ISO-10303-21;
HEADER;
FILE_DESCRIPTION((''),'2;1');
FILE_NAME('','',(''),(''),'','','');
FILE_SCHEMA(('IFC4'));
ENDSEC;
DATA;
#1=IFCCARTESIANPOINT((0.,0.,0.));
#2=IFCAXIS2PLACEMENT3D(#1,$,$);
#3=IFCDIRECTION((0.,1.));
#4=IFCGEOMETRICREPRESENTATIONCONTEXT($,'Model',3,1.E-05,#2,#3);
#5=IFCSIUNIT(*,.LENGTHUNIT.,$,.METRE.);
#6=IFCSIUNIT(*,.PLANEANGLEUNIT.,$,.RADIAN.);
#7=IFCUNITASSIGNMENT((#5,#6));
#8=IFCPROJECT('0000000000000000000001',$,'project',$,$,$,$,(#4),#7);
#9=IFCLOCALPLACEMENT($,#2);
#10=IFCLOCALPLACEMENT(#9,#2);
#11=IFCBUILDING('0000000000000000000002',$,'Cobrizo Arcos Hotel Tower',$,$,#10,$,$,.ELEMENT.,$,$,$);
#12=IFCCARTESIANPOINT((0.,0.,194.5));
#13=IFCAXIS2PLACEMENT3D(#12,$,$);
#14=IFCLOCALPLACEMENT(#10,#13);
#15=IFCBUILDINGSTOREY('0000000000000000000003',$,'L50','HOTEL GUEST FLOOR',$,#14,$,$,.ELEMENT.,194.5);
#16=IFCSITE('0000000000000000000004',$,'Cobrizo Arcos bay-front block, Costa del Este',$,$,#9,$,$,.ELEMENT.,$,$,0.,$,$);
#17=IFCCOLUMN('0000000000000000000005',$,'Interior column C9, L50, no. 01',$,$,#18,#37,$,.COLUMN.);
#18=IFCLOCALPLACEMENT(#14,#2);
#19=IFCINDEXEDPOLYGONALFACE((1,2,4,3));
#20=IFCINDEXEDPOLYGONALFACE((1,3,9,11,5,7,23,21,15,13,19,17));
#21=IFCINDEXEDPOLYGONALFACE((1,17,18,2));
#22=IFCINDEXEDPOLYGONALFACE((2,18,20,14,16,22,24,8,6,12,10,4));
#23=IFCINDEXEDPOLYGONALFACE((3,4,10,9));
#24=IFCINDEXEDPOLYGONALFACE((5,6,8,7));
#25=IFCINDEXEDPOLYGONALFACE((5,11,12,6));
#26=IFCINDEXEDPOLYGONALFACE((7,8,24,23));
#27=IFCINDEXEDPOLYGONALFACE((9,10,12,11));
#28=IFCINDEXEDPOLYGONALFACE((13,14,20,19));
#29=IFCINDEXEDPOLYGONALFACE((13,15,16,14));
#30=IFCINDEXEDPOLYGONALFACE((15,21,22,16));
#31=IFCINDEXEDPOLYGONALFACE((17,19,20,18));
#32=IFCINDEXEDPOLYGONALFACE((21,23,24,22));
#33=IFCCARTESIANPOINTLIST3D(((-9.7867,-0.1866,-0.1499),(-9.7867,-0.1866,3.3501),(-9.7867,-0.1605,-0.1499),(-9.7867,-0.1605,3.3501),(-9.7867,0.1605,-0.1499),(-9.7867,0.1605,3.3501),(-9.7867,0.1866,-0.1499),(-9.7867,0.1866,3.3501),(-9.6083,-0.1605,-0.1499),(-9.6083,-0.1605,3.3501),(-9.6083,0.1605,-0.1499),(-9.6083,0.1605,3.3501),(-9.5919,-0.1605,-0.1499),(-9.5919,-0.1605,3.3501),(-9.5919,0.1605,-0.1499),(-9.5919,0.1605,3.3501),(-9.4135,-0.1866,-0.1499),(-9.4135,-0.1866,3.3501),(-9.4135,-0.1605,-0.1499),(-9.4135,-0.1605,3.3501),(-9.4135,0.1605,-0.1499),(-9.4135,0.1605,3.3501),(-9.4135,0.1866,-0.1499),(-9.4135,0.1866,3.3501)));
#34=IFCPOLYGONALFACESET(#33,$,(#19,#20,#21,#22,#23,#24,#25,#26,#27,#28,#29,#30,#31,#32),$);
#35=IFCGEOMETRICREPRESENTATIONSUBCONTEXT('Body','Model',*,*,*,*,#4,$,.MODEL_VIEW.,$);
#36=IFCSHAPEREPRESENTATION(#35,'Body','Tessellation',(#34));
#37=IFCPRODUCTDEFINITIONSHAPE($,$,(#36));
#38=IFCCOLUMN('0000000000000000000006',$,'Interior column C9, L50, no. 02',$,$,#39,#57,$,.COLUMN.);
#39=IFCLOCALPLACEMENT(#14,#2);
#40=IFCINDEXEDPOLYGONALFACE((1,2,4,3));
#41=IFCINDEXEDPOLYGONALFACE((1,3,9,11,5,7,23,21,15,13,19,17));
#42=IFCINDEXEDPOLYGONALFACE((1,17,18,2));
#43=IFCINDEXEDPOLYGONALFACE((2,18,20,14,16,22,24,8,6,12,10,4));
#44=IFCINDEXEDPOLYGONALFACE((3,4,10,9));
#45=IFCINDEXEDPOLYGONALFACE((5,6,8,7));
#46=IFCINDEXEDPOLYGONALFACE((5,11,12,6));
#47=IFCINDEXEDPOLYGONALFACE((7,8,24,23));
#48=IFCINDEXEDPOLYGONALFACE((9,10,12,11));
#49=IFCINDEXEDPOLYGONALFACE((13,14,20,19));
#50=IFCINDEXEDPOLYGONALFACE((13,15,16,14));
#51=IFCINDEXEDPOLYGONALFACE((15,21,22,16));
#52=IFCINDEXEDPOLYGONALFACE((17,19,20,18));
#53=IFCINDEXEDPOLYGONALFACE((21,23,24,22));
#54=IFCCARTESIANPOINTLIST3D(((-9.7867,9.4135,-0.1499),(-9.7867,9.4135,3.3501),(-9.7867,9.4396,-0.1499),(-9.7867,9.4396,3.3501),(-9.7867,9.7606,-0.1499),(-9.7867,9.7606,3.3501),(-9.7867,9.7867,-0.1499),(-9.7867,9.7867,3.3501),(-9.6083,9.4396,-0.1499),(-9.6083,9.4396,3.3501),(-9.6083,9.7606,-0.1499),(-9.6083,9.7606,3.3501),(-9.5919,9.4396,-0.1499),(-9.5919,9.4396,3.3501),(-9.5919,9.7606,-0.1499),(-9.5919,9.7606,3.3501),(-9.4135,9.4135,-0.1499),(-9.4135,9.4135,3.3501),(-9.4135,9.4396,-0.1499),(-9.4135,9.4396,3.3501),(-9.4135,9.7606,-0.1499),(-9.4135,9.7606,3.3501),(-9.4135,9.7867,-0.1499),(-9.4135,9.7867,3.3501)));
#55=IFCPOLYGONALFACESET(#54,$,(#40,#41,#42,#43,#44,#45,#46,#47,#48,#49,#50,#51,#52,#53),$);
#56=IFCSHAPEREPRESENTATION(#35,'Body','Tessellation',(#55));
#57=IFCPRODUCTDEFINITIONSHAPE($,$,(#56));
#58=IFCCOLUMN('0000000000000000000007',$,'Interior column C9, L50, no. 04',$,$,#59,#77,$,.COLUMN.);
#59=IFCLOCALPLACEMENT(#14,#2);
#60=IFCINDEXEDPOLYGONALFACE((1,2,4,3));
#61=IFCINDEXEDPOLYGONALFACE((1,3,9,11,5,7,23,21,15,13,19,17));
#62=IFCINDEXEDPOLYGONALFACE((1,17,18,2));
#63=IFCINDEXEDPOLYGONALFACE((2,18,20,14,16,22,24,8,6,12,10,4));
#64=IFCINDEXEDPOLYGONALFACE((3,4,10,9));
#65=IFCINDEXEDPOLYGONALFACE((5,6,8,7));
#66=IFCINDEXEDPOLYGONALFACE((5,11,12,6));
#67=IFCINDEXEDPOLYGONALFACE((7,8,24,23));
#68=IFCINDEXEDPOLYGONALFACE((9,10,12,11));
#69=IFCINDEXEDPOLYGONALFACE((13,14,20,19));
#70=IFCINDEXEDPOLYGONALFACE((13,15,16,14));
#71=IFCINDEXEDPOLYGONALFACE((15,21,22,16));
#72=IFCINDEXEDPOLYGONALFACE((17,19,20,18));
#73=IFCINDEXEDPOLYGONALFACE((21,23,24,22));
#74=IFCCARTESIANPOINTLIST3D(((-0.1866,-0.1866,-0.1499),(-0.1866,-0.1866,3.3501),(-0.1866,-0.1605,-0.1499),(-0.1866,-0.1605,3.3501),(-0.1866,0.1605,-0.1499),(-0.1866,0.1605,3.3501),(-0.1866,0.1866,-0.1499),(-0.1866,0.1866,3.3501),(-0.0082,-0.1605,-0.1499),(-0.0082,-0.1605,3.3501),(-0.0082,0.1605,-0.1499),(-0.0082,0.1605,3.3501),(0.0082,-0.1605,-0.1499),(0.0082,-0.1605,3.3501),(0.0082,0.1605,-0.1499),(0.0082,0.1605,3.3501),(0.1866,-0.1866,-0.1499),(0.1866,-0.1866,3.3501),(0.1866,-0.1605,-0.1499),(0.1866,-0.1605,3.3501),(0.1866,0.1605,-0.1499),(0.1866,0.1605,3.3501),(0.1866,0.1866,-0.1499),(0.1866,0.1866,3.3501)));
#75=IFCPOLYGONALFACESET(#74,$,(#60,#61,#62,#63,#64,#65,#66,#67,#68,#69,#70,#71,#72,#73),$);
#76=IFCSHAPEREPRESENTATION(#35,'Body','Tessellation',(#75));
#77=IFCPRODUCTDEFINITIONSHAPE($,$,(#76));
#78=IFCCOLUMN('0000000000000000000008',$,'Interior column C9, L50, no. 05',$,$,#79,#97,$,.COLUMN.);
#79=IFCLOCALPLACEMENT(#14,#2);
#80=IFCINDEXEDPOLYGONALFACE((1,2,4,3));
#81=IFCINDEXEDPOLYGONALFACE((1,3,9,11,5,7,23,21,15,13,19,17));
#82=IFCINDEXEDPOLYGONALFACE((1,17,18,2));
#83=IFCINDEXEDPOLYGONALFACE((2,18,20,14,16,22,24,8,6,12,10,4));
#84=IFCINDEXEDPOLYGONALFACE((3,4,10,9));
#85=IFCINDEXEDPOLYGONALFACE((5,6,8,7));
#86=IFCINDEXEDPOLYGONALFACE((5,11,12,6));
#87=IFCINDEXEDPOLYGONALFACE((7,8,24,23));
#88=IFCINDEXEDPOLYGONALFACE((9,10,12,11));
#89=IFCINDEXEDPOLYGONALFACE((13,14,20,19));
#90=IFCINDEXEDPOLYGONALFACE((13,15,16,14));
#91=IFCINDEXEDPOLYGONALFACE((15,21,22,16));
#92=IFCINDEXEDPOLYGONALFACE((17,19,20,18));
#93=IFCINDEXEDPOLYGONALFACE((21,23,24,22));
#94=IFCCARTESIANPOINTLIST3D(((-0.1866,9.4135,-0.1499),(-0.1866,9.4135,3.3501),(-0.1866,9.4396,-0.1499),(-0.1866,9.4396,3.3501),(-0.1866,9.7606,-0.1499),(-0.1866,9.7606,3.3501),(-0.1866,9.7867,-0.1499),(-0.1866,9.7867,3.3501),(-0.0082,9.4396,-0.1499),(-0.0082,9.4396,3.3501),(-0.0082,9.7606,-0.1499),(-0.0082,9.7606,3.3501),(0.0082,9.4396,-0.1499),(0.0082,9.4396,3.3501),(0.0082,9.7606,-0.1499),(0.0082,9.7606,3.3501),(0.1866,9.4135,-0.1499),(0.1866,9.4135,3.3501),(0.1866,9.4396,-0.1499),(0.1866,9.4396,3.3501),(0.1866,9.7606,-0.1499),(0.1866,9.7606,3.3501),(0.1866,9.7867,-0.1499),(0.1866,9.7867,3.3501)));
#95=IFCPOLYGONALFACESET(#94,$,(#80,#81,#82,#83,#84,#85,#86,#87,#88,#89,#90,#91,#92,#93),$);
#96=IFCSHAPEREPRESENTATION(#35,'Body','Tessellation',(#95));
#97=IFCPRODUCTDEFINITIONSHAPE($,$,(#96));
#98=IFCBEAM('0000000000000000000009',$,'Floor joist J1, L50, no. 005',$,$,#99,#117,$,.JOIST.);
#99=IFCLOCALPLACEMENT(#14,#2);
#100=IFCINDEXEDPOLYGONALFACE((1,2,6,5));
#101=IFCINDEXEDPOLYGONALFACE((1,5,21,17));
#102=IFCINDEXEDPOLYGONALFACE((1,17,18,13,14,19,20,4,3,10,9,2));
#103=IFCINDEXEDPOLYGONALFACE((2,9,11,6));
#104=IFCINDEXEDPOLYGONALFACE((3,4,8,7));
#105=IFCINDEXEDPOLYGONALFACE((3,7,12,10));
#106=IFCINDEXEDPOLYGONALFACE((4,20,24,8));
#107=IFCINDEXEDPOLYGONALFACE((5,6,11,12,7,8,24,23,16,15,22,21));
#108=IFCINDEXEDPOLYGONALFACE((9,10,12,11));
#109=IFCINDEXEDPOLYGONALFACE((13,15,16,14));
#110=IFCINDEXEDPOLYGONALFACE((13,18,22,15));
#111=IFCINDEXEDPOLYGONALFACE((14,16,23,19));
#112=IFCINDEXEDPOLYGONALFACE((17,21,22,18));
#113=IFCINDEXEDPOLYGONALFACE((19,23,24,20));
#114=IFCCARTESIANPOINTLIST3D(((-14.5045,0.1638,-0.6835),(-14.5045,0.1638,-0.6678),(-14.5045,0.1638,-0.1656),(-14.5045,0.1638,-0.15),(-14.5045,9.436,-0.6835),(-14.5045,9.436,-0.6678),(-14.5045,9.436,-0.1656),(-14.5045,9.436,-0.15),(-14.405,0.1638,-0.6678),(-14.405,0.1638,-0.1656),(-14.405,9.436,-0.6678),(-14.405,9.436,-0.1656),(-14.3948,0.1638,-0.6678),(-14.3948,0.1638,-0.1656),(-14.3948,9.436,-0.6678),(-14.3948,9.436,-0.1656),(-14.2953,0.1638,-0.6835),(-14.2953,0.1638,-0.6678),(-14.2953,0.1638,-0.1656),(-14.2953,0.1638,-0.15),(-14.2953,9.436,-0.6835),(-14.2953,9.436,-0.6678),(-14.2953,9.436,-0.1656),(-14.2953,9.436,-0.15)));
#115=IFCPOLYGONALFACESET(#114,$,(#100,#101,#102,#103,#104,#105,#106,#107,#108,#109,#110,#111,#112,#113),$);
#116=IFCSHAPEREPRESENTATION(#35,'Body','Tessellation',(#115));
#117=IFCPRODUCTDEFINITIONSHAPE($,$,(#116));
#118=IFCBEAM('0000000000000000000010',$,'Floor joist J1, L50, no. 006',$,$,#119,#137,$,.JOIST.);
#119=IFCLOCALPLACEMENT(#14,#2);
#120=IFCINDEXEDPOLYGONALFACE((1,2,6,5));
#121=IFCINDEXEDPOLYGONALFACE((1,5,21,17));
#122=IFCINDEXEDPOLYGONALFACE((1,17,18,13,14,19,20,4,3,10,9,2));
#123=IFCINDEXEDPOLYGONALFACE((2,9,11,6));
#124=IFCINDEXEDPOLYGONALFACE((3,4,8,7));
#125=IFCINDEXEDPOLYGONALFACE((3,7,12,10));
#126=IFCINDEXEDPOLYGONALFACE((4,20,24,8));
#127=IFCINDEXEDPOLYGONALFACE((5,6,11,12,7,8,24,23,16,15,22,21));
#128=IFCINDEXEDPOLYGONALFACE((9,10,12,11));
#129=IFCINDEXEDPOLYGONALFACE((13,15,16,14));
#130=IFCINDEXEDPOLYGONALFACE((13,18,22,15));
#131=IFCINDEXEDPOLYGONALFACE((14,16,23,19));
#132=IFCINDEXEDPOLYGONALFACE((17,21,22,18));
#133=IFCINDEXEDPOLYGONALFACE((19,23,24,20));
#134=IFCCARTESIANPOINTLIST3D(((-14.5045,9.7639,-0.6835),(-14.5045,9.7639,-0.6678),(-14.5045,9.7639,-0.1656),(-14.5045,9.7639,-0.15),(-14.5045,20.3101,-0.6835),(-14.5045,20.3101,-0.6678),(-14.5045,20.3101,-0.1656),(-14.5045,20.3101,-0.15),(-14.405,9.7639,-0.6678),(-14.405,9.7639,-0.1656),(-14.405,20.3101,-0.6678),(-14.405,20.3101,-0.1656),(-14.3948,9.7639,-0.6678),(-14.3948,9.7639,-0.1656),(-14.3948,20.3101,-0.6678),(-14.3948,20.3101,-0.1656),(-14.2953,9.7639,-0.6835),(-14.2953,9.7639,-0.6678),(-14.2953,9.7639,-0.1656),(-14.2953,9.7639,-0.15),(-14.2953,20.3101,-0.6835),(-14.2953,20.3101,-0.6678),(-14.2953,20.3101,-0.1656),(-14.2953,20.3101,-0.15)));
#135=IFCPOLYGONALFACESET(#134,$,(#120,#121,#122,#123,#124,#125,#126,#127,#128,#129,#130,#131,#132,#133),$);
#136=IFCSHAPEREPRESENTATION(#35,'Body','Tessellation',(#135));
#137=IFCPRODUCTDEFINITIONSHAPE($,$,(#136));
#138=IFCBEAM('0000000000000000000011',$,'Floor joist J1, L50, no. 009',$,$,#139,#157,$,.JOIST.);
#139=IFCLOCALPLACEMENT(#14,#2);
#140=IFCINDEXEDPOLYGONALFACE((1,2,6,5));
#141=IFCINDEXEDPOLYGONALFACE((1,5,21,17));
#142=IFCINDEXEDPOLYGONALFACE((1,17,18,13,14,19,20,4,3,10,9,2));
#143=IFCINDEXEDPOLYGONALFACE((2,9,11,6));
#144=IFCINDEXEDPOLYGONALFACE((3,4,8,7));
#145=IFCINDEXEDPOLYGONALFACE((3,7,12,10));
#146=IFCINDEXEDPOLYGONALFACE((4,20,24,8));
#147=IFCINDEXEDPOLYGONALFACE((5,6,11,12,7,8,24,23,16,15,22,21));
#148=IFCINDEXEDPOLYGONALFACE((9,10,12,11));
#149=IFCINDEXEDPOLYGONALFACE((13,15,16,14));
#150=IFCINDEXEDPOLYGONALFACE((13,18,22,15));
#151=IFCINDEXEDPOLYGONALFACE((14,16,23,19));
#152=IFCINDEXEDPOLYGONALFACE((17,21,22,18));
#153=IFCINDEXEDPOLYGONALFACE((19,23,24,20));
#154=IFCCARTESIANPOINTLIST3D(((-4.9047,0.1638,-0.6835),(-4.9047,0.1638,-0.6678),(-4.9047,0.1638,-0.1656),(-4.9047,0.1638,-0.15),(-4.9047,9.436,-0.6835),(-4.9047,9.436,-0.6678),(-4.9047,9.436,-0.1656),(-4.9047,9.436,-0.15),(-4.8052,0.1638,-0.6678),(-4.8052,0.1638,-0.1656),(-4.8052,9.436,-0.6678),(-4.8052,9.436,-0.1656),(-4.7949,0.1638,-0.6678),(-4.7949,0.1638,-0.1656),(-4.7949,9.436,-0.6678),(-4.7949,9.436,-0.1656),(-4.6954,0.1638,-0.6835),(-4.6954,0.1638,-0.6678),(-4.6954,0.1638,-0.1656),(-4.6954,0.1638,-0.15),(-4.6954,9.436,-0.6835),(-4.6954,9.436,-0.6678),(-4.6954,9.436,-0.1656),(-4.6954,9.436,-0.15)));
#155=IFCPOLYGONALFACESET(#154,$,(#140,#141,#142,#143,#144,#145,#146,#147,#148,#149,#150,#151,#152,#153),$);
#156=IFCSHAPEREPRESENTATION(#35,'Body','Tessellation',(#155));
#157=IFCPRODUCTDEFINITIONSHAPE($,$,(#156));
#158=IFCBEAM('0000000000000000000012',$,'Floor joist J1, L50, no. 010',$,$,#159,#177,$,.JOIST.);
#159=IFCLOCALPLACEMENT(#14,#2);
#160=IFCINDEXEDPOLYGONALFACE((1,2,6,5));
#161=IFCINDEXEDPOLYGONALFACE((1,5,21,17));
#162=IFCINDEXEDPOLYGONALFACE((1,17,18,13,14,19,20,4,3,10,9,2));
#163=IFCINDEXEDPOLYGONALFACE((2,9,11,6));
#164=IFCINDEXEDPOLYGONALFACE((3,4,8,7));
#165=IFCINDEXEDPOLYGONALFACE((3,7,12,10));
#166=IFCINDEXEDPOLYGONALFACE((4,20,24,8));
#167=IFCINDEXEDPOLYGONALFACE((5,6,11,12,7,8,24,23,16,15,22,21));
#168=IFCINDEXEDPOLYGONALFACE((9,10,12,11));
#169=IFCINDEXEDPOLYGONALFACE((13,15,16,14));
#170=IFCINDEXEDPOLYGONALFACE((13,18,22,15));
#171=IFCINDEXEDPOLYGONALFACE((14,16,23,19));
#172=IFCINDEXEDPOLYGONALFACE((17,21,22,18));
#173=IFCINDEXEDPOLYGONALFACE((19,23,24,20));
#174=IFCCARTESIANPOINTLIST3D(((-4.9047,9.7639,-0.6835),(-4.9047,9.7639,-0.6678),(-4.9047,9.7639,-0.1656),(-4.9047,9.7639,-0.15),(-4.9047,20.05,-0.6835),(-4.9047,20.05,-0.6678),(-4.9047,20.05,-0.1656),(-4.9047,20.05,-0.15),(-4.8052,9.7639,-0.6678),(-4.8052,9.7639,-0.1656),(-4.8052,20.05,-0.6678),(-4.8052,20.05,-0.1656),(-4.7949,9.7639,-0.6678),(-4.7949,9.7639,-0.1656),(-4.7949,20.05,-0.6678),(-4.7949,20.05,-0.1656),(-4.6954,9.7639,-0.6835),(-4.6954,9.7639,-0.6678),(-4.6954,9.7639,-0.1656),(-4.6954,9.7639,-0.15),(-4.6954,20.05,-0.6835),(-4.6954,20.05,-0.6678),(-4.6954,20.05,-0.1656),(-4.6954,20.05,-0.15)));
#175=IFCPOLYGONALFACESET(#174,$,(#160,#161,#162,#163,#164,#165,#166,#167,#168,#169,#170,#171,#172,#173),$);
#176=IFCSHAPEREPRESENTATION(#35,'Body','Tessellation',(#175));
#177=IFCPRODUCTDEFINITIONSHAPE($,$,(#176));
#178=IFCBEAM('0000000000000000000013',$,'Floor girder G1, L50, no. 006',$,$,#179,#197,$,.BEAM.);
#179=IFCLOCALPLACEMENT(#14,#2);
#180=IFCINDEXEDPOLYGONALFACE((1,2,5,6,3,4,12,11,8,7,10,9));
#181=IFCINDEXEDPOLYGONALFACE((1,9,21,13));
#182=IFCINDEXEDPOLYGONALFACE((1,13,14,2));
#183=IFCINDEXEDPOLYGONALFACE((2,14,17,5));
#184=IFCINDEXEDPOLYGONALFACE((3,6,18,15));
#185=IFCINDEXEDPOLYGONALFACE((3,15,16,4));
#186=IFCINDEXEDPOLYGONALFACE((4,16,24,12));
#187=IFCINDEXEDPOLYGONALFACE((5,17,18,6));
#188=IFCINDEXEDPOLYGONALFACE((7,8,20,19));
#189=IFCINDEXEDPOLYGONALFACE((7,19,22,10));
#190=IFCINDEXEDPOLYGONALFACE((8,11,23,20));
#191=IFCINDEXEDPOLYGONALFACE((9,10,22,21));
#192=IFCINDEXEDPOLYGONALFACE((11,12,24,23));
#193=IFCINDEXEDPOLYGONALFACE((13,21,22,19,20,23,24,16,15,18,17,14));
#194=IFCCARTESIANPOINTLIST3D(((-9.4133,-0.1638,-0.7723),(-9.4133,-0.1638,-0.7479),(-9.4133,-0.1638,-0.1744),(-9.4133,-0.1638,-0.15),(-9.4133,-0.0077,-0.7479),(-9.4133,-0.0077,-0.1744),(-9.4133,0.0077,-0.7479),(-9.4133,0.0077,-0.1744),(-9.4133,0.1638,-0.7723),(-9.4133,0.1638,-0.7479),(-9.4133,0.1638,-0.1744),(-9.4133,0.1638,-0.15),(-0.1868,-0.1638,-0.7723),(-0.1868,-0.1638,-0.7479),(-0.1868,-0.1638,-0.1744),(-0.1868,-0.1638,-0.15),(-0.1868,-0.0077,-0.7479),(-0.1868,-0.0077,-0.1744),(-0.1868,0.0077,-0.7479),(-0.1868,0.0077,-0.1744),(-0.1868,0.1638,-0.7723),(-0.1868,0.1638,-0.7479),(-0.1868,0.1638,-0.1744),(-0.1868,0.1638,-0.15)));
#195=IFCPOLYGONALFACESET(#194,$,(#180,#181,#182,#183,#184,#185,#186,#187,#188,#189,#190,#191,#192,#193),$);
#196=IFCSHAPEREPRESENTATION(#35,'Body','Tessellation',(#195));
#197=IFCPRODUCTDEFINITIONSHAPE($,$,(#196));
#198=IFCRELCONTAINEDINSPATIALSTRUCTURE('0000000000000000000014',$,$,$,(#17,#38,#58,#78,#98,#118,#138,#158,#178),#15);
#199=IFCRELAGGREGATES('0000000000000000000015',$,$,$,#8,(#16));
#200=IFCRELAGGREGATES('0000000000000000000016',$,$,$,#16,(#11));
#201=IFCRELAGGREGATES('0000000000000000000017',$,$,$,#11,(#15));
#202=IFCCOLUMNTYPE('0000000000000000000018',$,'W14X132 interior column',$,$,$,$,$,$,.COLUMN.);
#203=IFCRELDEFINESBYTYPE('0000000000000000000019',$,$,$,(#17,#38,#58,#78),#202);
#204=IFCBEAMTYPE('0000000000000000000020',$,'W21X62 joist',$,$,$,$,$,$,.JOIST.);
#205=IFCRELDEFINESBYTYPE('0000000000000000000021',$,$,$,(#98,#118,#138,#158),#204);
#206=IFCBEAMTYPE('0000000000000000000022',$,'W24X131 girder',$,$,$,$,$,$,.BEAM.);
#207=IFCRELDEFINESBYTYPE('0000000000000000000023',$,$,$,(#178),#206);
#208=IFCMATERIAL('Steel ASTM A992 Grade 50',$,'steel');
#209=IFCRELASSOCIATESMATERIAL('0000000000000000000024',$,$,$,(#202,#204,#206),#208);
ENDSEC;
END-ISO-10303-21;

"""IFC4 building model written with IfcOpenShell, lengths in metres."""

from ifc_helpers import new_model, si_unit, direction, frame, origin, origin_2d, place, context, subcontext, project, spatial, i_section, extrude, material, material_profile, profile_set, type_object, element, save


model = new_model("IFC4")

# Units and contexts
model_context = context("Model", 3, precision=1e-05, world=origin(), true_north=direction((0.0, 1.0)))
body_context = subcontext(model_context, "Body", "Model", "MODEL_VIEW")
ifc_project = project(units=[si_unit("LENGTHUNIT", "METRE"), si_unit("PLANEANGLEUNIT", "RADIAN")], contexts=[model_context])

# Site, building, storey
site_placement = place(None, origin())
site = spatial("IfcSite", under=ifc_project, at=site_placement, Name="Cobrizo Arcos bay-front block, Costa del Este", CompositionType="ELEMENT", RefElevation=0.0)
building_placement = place(site_placement, origin())
building = spatial("IfcBuilding", under=site, at=building_placement, Name="Cobrizo Arcos Hotel Tower", CompositionType="ELEMENT")
storey_placement = place(building_placement, frame((0.0, 0.0, 194.5)))
storey = spatial("IfcBuildingStorey", under=building, at=storey_placement, Name="L50", Description="HOTEL GUEST FLOOR", CompositionType="ELEMENT", Elevation=194.5)

# Columns
ifc_material_1 = material(Name="Steel ASTM A992 Grade 50", Category="steel")
ifc_material_profile_1 = material_profile(ifc_material_1, i_section(OverallWidth=0.3733, OverallDepth=0.3733, WebThickness=0.0164, FlangeThickness=0.0261, at=origin_2d()), Name="W14X132")
ifc_profile_set_1 = profile_set([ifc_material_profile_1], Name="Steel ASTM A992 Grade 50")
column_type = type_object("IfcColumnType", Name="W14X132 interior column", PredefinedType="COLUMN", material=ifc_profile_set_1)
for number, where, z_axis, x_axis, name in (
    (1, (-9.6001, 0.0, -0.1499), (0.0, 0.0, 1.0), (1.0, 0.0, 0.0), "Interior column C9, L50, no. 01"),
    (2, (-9.6001, 9.6001, -0.1499), (0.0, 0.0, 1.0), (1.0, 0.0, 0.0), "Interior column C9, L50, no. 02"),
    (3, (0.0, 0.0, -0.1499), (0.0, 0.0, 1.0), (1.0, 0.0, 0.0), "Interior column C9, L50, no. 04"),
    (4, (0.0, 9.6001, -0.1499), (0.0, 0.0, 1.0), (1.0, 0.0, 0.0), "Interior column C9, L50, no. 05"),
):
    element("IfcColumn", number, at=place(storey_placement, frame(where, z_axis=z_axis, x_axis=x_axis)), inside=storey, type_object=column_type, Name=name, PredefinedType="COLUMN", context=body_context, shape_type="SweptSolid", body=[
        extrude(i_section(OverallWidth=0.3733, OverallDepth=0.3733, WebThickness=0.0164, FlangeThickness=0.0261, at=origin_2d()), origin(), (0.0, 0.0, 1.0), 3.5),
    ])

# Beams
ifc_material_profile_2 = material_profile(ifc_material_1, i_section(OverallWidth=0.2092, OverallDepth=0.5334, WebThickness=0.0103, FlangeThickness=0.0156, at=origin_2d()), Name="W21X62")
ifc_profile_set_2 = profile_set([ifc_material_profile_2], Name="Steel ASTM A992 Grade 50")
beam_type_1 = type_object("IfcBeamType", Name="W21X62 joist", PredefinedType="JOIST", material=ifc_profile_set_2)
beam_1_placement = place(storey_placement, frame((-14.3999, 0.1638, -0.4167), z_axis=(0.0, 1.0, 0.0), x_axis=(-1.0, 0.0, 0.0)))
element("IfcBeam", 5, at=beam_1_placement, inside=storey, type_object=beam_type_1, Name="Floor joist J1, L50, no. 005", PredefinedType="JOIST", context=body_context, shape_type="SweptSolid", body=[
    extrude(i_section(OverallWidth=0.2092, OverallDepth=0.5334, WebThickness=0.0103, FlangeThickness=0.0156, at=origin_2d()), origin(), (0.0, 0.0, 1.0), 9.2722),
])
beam_2_placement = place(storey_placement, frame((-14.3999, 9.7639, -0.4167), z_axis=(0.0, 1.0, 0.0), x_axis=(-1.0, 0.0, 0.0)))
element("IfcBeam", 6, at=beam_2_placement, inside=storey, type_object=beam_type_1, Name="Floor joist J1, L50, no. 006", PredefinedType="JOIST", context=body_context, shape_type="SweptSolid", body=[
    extrude(i_section(OverallWidth=0.2092, OverallDepth=0.5334, WebThickness=0.0103, FlangeThickness=0.0156, at=origin_2d()), origin(), (0.0, 0.0, 1.0), 10.5461),
])
beam_3_placement = place(storey_placement, frame((-4.8, 0.1638, -0.4167), z_axis=(0.0, 1.0, 0.0), x_axis=(-1.0, 0.0, 0.0)))
element("IfcBeam", 7, at=beam_3_placement, inside=storey, type_object=beam_type_1, Name="Floor joist J1, L50, no. 009", PredefinedType="JOIST", context=body_context, shape_type="SweptSolid", body=[
    extrude(i_section(OverallWidth=0.2092, OverallDepth=0.5334, WebThickness=0.0103, FlangeThickness=0.0156, at=origin_2d()), origin(), (0.0, 0.0, 1.0), 9.2722),
])
beam_4_placement = place(storey_placement, frame((-4.8, 9.7639, -0.4167), z_axis=(0.0, 1.0, 0.0), x_axis=(-1.0, 0.0, 0.0)))
element("IfcBeam", 8, at=beam_4_placement, inside=storey, type_object=beam_type_1, Name="Floor joist J1, L50, no. 010", PredefinedType="JOIST", context=body_context, shape_type="SweptSolid", body=[
    extrude(i_section(OverallWidth=0.2092, OverallDepth=0.5334, WebThickness=0.0103, FlangeThickness=0.0156, at=origin_2d()), origin(), (0.0, 0.0, 1.0), 10.2861),
])
ifc_material_profile_3 = material_profile(ifc_material_1, i_section(OverallWidth=0.3276, OverallDepth=0.6223, WebThickness=0.0154, FlangeThickness=0.0244, at=origin_2d()), Name="W24X131")
ifc_profile_set_3 = profile_set([ifc_material_profile_3], Name="Steel ASTM A992 Grade 50")
beam_type_2 = type_object("IfcBeamType", Name="W24X131 girder", PredefinedType="BEAM", material=ifc_profile_set_3)
for number, where, z_axis, x_axis, name in (
    (9, (-9.4133, 0.0, -0.4612), (1.0, 0.0, 0.0), (0.0, 1.0, 0.0), "Floor girder G1, L50, no. 006"),
):
    element("IfcBeam", number, at=place(storey_placement, frame(where, z_axis=z_axis, x_axis=x_axis)), inside=storey, type_object=beam_type_2, Name=name, PredefinedType="BEAM", context=body_context, shape_type="SweptSolid", body=[
        extrude(i_section(OverallWidth=0.3276, OverallDepth=0.6223, WebThickness=0.0154, FlangeThickness=0.0244, at=origin_2d()), origin(), (0.0, 0.0, 1.0), 9.2266),
    ])

save(model, "model.ifc")
